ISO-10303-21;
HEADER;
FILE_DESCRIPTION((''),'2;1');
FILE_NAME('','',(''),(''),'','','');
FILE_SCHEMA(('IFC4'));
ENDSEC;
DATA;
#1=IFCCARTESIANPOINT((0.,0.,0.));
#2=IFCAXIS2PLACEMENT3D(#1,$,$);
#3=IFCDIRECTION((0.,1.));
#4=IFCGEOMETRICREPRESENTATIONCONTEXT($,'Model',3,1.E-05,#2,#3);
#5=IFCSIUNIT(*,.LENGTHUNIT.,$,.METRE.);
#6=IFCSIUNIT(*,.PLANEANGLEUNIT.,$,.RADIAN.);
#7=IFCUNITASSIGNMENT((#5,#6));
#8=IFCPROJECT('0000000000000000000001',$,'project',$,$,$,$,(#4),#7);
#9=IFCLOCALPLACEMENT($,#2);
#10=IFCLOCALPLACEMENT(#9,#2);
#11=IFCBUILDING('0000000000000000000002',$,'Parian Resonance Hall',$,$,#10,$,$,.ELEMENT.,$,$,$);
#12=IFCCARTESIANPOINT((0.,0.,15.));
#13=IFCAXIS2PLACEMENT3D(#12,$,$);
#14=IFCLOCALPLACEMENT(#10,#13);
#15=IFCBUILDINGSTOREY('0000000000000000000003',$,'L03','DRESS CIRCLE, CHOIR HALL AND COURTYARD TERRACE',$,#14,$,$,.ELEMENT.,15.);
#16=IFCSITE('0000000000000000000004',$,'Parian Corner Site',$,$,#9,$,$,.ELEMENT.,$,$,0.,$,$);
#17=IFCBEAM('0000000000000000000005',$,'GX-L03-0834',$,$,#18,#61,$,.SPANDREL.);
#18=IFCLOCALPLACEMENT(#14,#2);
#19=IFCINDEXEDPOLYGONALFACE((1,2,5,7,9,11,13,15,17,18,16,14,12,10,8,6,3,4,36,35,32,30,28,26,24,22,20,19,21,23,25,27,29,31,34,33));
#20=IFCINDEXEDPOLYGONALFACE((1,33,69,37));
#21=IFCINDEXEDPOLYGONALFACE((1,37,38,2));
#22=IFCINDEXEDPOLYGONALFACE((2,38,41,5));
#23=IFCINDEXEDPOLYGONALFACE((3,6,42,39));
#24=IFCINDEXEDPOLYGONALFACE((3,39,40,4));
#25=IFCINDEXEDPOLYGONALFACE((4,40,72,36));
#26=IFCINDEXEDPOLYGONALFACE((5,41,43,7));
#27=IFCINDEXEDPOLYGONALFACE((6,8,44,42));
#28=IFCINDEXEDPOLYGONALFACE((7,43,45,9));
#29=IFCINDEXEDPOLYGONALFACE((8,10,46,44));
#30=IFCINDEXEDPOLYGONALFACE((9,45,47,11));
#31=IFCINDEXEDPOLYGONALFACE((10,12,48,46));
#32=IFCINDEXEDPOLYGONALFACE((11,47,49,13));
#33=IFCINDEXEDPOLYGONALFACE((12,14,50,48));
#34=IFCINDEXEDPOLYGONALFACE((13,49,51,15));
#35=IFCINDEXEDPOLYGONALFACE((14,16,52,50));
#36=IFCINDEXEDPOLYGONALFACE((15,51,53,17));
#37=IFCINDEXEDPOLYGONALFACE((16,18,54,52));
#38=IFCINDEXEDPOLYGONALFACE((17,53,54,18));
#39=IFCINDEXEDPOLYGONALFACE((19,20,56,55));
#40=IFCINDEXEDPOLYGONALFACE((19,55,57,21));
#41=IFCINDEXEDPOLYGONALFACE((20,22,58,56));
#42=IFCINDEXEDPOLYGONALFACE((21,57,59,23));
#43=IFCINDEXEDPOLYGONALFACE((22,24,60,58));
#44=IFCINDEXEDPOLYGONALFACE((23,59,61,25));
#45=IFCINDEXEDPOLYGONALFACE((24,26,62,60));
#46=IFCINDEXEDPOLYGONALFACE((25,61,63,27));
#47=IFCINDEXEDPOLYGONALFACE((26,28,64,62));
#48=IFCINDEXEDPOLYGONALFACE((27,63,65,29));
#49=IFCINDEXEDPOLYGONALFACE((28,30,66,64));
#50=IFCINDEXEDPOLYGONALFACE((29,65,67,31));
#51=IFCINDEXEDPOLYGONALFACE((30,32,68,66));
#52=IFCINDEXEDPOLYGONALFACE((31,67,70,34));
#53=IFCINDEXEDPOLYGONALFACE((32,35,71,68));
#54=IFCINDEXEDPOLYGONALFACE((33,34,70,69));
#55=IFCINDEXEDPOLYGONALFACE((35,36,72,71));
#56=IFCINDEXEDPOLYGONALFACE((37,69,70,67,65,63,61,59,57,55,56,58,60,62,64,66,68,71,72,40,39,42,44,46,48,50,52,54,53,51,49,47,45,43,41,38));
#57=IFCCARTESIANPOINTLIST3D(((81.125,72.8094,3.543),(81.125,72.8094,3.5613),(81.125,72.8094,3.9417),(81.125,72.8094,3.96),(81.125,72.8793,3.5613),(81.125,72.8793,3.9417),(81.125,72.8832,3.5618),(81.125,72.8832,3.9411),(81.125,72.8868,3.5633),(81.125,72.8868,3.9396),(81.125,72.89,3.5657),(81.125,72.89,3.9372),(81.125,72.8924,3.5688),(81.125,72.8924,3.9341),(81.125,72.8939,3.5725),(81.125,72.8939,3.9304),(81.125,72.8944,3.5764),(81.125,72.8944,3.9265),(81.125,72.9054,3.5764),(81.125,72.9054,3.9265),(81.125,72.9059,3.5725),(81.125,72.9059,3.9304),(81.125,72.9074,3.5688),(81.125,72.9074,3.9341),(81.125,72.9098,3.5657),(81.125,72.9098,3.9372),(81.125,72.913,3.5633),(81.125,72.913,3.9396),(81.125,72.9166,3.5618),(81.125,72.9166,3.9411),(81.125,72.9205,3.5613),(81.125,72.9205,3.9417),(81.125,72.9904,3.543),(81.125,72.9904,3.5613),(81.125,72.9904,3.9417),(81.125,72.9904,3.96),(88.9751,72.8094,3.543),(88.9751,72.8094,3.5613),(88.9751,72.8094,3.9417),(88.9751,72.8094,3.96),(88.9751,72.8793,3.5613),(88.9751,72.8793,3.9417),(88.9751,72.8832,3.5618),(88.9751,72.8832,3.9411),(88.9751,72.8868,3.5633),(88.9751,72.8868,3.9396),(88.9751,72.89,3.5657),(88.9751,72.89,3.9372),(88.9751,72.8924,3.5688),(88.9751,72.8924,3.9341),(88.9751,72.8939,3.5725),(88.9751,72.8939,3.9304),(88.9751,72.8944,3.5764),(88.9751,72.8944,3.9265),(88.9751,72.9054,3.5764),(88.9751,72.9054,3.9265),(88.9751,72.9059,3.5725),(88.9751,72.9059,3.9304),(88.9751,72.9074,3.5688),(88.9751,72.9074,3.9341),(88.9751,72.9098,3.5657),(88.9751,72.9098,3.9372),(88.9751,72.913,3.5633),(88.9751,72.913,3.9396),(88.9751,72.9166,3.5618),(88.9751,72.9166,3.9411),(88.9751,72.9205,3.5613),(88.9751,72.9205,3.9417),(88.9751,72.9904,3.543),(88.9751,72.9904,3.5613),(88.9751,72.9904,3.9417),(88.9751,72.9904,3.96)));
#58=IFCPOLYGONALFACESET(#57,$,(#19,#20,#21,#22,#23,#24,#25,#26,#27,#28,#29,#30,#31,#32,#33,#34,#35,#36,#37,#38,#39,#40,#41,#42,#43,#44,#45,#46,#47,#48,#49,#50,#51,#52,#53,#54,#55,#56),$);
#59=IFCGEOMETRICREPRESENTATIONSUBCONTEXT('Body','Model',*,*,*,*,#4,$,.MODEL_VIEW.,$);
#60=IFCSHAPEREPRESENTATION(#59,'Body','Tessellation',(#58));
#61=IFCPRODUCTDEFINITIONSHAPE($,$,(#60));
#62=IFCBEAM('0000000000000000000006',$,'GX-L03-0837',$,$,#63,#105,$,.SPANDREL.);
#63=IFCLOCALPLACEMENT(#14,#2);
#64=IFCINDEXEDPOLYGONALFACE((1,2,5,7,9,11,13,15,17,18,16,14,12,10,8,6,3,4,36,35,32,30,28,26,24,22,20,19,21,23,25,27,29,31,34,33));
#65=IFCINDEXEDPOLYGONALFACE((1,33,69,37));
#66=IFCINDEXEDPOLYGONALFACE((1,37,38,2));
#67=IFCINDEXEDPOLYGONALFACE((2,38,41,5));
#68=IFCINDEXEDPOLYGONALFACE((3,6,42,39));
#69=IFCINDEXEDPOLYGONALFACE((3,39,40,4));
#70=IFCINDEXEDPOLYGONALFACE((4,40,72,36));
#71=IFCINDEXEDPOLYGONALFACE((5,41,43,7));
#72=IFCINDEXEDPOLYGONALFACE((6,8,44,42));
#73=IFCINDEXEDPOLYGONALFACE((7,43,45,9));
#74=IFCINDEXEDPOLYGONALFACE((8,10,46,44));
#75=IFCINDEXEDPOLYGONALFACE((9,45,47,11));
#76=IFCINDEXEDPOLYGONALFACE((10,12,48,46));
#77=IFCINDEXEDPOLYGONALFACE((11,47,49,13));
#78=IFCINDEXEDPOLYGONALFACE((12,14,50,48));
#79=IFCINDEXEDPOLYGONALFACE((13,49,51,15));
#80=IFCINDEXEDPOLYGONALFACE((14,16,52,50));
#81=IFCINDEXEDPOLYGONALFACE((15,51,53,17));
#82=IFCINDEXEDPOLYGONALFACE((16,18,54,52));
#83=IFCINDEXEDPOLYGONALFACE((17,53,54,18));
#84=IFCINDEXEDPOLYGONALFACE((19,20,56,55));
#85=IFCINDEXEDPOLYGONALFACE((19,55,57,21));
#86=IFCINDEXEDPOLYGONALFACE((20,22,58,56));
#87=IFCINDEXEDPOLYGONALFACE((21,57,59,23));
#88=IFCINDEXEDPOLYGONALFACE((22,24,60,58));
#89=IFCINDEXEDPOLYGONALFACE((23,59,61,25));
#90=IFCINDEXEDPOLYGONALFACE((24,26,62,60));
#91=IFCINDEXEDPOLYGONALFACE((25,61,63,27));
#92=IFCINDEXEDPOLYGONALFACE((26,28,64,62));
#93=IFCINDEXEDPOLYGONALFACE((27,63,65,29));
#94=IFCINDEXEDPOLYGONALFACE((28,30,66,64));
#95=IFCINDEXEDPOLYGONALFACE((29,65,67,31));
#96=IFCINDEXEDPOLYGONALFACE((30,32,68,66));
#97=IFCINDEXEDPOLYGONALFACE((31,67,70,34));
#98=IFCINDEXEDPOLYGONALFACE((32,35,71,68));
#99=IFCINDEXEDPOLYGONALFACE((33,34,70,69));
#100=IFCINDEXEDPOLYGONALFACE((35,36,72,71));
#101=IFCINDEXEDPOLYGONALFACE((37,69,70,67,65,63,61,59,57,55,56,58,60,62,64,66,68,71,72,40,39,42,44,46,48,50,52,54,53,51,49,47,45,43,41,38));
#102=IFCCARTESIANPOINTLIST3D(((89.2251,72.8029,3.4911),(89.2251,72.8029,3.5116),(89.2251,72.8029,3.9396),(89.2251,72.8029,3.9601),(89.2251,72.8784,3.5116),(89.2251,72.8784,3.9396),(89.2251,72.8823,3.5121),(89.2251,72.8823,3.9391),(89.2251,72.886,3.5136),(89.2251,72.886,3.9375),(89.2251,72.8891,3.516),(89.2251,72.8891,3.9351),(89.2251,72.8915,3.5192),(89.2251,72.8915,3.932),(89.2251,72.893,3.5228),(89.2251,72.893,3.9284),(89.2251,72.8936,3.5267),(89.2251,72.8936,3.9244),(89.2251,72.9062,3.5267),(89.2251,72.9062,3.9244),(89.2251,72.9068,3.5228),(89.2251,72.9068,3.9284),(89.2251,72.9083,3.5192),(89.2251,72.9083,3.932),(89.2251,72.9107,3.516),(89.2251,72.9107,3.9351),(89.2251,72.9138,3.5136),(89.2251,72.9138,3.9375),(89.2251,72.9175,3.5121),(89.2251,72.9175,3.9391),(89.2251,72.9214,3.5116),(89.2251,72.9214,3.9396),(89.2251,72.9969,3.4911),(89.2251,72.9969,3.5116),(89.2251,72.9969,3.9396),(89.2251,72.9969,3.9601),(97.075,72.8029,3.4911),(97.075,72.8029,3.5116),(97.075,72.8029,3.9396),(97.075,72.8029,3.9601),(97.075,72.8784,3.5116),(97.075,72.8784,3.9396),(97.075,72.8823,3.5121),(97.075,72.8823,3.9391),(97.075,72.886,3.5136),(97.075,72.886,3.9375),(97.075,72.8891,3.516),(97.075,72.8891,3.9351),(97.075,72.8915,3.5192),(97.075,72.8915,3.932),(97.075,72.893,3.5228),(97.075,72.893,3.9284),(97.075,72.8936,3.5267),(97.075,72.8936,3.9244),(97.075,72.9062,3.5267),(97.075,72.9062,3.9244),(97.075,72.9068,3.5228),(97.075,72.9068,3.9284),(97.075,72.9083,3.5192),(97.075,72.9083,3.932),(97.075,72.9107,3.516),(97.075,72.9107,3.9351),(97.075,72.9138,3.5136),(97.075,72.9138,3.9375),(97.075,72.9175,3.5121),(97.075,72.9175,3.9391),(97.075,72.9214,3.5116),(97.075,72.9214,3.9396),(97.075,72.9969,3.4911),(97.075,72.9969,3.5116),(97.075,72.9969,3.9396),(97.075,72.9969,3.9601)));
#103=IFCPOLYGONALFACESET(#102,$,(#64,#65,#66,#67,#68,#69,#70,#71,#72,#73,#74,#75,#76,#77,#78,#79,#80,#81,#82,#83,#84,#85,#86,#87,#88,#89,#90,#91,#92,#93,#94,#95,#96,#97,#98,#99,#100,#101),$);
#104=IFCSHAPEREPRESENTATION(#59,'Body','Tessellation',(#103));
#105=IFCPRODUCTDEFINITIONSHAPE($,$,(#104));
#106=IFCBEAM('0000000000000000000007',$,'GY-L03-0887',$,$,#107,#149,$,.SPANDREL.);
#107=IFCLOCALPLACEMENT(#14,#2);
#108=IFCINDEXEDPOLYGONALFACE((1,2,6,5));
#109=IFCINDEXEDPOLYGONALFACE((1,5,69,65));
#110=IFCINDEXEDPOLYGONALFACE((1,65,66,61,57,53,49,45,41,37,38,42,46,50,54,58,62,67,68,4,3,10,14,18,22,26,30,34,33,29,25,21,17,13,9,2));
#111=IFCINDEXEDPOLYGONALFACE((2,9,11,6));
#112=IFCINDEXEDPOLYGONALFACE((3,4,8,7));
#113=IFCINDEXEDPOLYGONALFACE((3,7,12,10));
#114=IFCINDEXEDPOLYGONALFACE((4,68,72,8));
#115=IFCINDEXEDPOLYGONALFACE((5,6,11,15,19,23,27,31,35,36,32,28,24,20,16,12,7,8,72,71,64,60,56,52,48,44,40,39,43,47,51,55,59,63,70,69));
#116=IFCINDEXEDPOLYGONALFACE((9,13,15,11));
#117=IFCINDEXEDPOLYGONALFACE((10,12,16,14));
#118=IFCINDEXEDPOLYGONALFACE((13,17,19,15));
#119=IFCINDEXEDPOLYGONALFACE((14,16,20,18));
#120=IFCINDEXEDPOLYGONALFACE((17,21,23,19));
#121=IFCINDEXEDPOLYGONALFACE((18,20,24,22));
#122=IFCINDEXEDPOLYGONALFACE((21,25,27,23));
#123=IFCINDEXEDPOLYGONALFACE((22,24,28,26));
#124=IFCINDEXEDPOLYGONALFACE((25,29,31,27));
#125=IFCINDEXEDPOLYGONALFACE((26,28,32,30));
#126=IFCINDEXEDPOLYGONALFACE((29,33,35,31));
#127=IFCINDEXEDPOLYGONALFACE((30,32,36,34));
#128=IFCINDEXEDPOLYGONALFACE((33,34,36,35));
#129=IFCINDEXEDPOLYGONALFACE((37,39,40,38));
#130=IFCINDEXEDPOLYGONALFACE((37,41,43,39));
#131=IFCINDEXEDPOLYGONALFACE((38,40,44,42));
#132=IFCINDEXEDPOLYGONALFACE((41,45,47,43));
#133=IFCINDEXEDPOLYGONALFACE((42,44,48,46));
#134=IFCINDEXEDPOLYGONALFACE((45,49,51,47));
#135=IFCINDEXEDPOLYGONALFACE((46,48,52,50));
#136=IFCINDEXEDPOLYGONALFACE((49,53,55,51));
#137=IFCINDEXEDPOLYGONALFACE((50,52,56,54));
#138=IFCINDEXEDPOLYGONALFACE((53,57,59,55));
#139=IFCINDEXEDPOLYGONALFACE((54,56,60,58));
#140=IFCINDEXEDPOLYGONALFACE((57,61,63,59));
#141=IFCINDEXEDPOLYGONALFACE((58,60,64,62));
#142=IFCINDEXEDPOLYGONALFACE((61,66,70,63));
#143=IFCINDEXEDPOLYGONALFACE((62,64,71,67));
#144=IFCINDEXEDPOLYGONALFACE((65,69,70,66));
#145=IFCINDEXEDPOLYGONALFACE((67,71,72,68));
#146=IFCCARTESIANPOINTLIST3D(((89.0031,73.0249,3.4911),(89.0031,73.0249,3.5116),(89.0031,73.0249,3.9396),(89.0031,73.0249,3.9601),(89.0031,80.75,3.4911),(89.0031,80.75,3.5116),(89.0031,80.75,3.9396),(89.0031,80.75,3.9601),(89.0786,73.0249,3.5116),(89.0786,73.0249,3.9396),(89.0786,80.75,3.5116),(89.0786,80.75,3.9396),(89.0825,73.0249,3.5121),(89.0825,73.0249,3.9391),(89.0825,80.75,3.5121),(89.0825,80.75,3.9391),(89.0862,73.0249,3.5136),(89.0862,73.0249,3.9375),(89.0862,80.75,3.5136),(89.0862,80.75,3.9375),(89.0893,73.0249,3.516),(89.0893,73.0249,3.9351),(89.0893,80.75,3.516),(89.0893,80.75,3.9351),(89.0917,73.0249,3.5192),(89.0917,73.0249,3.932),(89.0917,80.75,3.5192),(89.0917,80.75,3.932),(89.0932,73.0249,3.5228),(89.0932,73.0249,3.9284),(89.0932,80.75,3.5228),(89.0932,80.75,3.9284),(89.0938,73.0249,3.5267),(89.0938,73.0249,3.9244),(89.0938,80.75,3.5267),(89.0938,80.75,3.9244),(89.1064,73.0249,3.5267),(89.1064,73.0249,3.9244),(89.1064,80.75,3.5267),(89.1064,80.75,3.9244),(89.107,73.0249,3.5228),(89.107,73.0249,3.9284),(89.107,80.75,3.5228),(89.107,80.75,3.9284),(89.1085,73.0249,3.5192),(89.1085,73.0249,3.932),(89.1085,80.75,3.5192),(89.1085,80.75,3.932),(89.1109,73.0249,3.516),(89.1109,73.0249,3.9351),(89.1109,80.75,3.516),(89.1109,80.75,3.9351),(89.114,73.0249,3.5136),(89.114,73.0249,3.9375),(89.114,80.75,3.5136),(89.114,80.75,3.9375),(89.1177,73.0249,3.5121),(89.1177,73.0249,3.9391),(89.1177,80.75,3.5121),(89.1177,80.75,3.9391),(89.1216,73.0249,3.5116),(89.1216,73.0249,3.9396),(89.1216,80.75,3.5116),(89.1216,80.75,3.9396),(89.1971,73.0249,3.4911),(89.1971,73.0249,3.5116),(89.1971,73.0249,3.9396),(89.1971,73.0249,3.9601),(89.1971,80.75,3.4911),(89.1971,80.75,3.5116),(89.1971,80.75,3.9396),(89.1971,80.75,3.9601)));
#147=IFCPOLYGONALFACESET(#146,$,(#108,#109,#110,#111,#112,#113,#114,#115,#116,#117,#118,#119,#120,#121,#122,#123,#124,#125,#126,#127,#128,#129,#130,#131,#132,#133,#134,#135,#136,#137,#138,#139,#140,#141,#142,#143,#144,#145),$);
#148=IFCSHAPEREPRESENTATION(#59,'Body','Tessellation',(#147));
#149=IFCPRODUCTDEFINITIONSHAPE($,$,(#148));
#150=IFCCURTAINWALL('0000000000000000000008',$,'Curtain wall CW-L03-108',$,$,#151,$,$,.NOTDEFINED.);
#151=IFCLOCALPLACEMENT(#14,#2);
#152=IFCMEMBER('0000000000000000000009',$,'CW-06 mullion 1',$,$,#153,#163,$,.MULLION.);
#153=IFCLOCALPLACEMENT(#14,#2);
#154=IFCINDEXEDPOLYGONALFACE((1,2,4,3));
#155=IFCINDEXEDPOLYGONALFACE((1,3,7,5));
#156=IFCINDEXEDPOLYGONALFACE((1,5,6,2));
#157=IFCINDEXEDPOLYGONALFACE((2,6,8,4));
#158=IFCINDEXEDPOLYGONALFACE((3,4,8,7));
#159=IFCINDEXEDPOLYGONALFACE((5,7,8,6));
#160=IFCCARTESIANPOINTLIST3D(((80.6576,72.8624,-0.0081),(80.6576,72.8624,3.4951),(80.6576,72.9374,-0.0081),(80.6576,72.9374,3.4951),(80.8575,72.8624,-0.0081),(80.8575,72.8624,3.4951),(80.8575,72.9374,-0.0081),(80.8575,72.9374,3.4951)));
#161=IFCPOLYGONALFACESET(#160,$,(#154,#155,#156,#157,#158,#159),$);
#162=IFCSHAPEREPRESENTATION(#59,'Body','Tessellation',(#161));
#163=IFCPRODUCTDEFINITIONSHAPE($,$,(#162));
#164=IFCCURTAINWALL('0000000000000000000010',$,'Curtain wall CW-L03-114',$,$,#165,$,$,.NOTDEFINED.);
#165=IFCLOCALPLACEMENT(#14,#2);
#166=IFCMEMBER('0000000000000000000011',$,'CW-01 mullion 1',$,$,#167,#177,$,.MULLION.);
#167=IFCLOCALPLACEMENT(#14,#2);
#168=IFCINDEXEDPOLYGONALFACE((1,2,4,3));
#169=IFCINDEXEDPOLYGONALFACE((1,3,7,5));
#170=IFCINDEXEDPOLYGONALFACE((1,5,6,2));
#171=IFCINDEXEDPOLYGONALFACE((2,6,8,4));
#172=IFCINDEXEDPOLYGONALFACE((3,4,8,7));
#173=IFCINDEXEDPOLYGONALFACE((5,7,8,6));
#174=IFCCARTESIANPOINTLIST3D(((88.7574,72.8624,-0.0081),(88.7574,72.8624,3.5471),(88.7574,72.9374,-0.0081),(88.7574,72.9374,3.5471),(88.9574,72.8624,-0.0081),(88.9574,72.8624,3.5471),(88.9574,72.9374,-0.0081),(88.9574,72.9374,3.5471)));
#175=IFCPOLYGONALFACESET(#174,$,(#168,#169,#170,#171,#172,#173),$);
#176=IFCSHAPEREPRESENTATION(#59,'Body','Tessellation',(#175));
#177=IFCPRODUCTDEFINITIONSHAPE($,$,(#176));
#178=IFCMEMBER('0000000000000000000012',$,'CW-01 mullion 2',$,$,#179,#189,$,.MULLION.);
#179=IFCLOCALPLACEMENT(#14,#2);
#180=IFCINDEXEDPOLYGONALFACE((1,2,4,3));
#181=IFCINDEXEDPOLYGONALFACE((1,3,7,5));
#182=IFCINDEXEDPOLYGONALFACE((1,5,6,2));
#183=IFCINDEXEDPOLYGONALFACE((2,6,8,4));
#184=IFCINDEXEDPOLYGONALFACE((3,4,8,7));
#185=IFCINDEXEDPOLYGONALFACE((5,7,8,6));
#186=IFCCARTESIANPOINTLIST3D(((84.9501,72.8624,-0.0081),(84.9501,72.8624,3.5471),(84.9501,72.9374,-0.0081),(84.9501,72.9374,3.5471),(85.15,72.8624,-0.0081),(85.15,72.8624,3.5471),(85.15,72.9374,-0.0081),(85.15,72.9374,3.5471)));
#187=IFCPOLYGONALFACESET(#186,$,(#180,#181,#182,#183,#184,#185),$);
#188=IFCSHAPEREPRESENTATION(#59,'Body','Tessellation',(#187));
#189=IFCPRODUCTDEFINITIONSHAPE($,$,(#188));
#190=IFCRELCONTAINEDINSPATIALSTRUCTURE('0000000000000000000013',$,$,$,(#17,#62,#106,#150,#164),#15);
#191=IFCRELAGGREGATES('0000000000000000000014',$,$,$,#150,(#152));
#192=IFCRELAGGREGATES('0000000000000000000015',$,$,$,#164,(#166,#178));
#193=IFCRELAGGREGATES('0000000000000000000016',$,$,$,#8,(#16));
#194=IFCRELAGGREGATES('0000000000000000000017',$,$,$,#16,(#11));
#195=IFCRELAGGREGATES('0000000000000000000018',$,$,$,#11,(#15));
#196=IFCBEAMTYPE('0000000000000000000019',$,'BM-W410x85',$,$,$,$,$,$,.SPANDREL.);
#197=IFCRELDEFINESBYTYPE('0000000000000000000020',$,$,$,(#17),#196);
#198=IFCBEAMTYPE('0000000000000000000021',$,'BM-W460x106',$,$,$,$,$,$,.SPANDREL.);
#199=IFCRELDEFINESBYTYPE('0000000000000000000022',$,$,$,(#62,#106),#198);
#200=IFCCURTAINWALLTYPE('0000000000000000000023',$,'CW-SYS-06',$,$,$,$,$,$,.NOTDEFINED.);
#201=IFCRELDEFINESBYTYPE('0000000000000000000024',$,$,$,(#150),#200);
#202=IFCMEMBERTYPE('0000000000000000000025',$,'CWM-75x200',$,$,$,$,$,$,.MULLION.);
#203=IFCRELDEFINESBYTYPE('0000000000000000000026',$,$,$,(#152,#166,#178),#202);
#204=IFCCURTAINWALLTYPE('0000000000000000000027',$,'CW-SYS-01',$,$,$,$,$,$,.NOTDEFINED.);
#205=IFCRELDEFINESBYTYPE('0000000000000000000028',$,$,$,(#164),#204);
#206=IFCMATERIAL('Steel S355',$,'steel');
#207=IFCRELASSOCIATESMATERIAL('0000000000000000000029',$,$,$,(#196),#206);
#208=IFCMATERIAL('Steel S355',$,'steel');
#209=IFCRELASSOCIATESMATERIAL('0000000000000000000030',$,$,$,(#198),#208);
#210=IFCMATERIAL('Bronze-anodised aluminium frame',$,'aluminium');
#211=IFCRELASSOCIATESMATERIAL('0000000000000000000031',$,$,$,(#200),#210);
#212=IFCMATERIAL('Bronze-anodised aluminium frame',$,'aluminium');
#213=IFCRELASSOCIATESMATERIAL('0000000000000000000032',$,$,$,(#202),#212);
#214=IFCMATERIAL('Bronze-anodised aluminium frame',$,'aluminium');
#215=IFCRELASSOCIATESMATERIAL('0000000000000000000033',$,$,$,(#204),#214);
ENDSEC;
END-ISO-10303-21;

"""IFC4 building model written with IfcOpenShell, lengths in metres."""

from ifc_helpers import new_model, si_unit, direction, frame, origin, origin_2d, place, context, subcontext, project, spatial, rectangle, i_section, extrude, material, material_profile, profile_set, type_object, element, aggregate, save


model = new_model("IFC4")

# Units and contexts
model_context = context("Model", 3, precision=1e-05, world=origin(), true_north=direction((0.0, 1.0)))
body_context = subcontext(model_context, "Body", "Model", "MODEL_VIEW")
ifc_project = project(units=[si_unit("LENGTHUNIT", "METRE"), si_unit("PLANEANGLEUNIT", "RADIAN")], contexts=[model_context])

# Site, building, storey
site_placement = place(None, origin())
site = spatial("IfcSite", under=ifc_project, at=site_placement, Name="Parian Corner Site", CompositionType="ELEMENT", RefElevation=0.0)
building_placement = place(site_placement, origin())
building = spatial("IfcBuilding", under=site, at=building_placement, Name="Parian Resonance Hall", CompositionType="ELEMENT")
storey_placement = place(building_placement, frame((0.0, 0.0, 15.0)))
storey = spatial("IfcBuildingStorey", under=building, at=storey_placement, Name="L03", Description="DRESS CIRCLE, CHOIR HALL AND COURTYARD TERRACE", CompositionType="ELEMENT", Elevation=15.0)

# Beams
ifc_material_1 = material(Name="Steel S355", Category="steel")
ifc_material_profile_1 = material_profile(ifc_material_1, i_section(OverallWidth=0.1809, OverallDepth=0.417, WebThickness=0.011, FlangeThickness=0.0183, FilletRadius=0.0151, at=origin_2d()), Name="W410x85")
ifc_profile_set_1 = profile_set([ifc_material_profile_1], Name="Steel S355")
beam_type_1 = type_object("IfcBeamType", Name="BM-W410x85", PredefinedType="SPANDREL", material=ifc_profile_set_1)
beam_1_placement = place(storey_placement, frame((81.125, 72.8999, 3.7515), z_axis=(1.0, 0.0, 0.0), x_axis=(0.0, 1.0, 0.0)))
element("IfcBeam", 1, at=beam_1_placement, inside=storey, type_object=beam_type_1, Name="GX-L03-0834", PredefinedType="SPANDREL", context=body_context, shape_type="SweptSolid", body=[
    extrude(i_section(OverallWidth=0.1809, OverallDepth=0.417, WebThickness=0.011, FlangeThickness=0.0183, FilletRadius=0.0151, at=origin_2d()), origin(), (0.0, 0.0, 1.0), 7.8501),
])
ifc_material_2 = material(Name="Steel S355", Category="steel")
ifc_material_profile_2 = material_profile(ifc_material_2, i_section(OverallWidth=0.1941, OverallDepth=0.469, WebThickness=0.0127, FlangeThickness=0.0205, FilletRadius=0.0151, at=origin_2d()), Name="W460x106")
ifc_profile_set_2 = profile_set([ifc_material_profile_2], Name="Steel S355")
beam_type_2 = type_object("IfcBeamType", Name="BM-W460x106", PredefinedType="SPANDREL", material=ifc_profile_set_2)
beam_2_placement = place(storey_placement, frame((89.2251, 72.8999, 3.7256), z_axis=(1.0, 0.0, 0.0), x_axis=(0.0, 1.0, 0.0)))
element("IfcBeam", 2, at=beam_2_placement, inside=storey, type_object=beam_type_2, Name="GX-L03-0837", PredefinedType="SPANDREL", context=body_context, shape_type="SweptSolid", body=[
    extrude(i_section(OverallWidth=0.1941, OverallDepth=0.469, WebThickness=0.0127, FlangeThickness=0.0205, FilletRadius=0.0151, at=origin_2d()), origin(), (0.0, 0.0, 1.0), 7.8499),
])
beam_3_placement = place(storey_placement, frame((89.1001, 73.0249, 3.7256), z_axis=(0.0, 1.0, 0.0), x_axis=(-1.0, 0.0, 0.0)))
element("IfcBeam", 3, at=beam_3_placement, inside=storey, type_object=beam_type_2, Name="GY-L03-0887", PredefinedType="SPANDREL", context=body_context, shape_type="SweptSolid", body=[
    extrude(i_section(OverallWidth=0.1941, OverallDepth=0.469, WebThickness=0.0127, FlangeThickness=0.0205, FilletRadius=0.0151, at=origin_2d()), origin(), (0.0, 0.0, 1.0), 7.7251),
])

# Curtain wall, member
ifc_material_3 = material(Name="Bronze-anodised aluminium frame", Category="aluminium")
curtain_wall_type_1 = type_object("IfcCurtainWallType", Name="CW-SYS-06", PredefinedType="NOTDEFINED", material=ifc_material_3)
curtain_wall_1_placement = place(storey_placement, origin())
curtain_wall_1 = element("IfcCurtainWall", 4, at=curtain_wall_1_placement, inside=storey, type_object=curtain_wall_type_1, Name="Curtain wall CW-L03-108", PredefinedType="NOTDEFINED")
ifc_material_4 = material(Name="Bronze-anodised aluminium frame", Category="aluminium")
ifc_material_profile_3 = material_profile(ifc_material_4, rectangle(XDim=0.075, YDim=0.2, at=origin_2d()), Name="CWM-75x200")
ifc_profile_set_3 = profile_set([ifc_material_profile_3], Name="Bronze-anodised aluminium frame")
member_type_1 = type_object("IfcMemberType", Name="CWM-75x200", PredefinedType="MULLION", material=ifc_profile_set_3)
member_1_placement = place(storey_placement, frame((80.7576, 72.8999, -0.0081), z_axis=(0.0, 0.0, 1.0), x_axis=(0.0, -1.0, 0.0)))
member_1 = element("IfcMember", 5, at=member_1_placement, type_object=member_type_1, Name="CW-06 mullion 1", PredefinedType="MULLION", context=body_context, shape_type="SweptSolid", body=[
    extrude(rectangle(XDim=0.075, YDim=0.2, at=origin_2d()), origin(), (0.0, 0.0, 1.0), 3.5032),
])
aggregate(curtain_wall_1, [member_1])

# Curtain wall, members
ifc_material_5 = material(Name="Bronze-anodised aluminium frame", Category="aluminium")
curtain_wall_type_2 = type_object("IfcCurtainWallType", Name="CW-SYS-01", PredefinedType="NOTDEFINED", material=ifc_material_5)
curtain_wall_2_placement = place(storey_placement, origin())
curtain_wall_2 = element("IfcCurtainWall", 6, at=curtain_wall_2_placement, inside=storey, type_object=curtain_wall_type_2, Name="Curtain wall CW-L03-114", PredefinedType="NOTDEFINED")
member_2_placement = place(storey_placement, frame((88.8574, 72.8999, -0.0081), z_axis=(0.0, 0.0, 1.0), x_axis=(0.0, -1.0, 0.0)))
member_2 = element("IfcMember", 7, at=member_2_placement, type_object=member_type_1, Name="CW-01 mullion 1", PredefinedType="MULLION", context=body_context, shape_type="SweptSolid", body=[
    extrude(rectangle(XDim=0.075, YDim=0.2, at=origin_2d()), origin(), (0.0, 0.0, 1.0), 3.5552),
])
member_3_placement = place(storey_placement, frame((85.05, 72.8999, -0.0081), z_axis=(0.0, 0.0, 1.0), x_axis=(0.0, -1.0, 0.0)))
member_3 = element("IfcMember", 8, at=member_3_placement, type_object=member_type_1, Name="CW-01 mullion 2", PredefinedType="MULLION", context=body_context, shape_type="SweptSolid", body=[
    extrude(rectangle(XDim=0.075, YDim=0.2, at=origin_2d()), origin(), (0.0, 0.0, 1.0), 3.5552),
])

aggregate(curtain_wall_2, [member_2, member_3])

save(model, "model.ifc")
